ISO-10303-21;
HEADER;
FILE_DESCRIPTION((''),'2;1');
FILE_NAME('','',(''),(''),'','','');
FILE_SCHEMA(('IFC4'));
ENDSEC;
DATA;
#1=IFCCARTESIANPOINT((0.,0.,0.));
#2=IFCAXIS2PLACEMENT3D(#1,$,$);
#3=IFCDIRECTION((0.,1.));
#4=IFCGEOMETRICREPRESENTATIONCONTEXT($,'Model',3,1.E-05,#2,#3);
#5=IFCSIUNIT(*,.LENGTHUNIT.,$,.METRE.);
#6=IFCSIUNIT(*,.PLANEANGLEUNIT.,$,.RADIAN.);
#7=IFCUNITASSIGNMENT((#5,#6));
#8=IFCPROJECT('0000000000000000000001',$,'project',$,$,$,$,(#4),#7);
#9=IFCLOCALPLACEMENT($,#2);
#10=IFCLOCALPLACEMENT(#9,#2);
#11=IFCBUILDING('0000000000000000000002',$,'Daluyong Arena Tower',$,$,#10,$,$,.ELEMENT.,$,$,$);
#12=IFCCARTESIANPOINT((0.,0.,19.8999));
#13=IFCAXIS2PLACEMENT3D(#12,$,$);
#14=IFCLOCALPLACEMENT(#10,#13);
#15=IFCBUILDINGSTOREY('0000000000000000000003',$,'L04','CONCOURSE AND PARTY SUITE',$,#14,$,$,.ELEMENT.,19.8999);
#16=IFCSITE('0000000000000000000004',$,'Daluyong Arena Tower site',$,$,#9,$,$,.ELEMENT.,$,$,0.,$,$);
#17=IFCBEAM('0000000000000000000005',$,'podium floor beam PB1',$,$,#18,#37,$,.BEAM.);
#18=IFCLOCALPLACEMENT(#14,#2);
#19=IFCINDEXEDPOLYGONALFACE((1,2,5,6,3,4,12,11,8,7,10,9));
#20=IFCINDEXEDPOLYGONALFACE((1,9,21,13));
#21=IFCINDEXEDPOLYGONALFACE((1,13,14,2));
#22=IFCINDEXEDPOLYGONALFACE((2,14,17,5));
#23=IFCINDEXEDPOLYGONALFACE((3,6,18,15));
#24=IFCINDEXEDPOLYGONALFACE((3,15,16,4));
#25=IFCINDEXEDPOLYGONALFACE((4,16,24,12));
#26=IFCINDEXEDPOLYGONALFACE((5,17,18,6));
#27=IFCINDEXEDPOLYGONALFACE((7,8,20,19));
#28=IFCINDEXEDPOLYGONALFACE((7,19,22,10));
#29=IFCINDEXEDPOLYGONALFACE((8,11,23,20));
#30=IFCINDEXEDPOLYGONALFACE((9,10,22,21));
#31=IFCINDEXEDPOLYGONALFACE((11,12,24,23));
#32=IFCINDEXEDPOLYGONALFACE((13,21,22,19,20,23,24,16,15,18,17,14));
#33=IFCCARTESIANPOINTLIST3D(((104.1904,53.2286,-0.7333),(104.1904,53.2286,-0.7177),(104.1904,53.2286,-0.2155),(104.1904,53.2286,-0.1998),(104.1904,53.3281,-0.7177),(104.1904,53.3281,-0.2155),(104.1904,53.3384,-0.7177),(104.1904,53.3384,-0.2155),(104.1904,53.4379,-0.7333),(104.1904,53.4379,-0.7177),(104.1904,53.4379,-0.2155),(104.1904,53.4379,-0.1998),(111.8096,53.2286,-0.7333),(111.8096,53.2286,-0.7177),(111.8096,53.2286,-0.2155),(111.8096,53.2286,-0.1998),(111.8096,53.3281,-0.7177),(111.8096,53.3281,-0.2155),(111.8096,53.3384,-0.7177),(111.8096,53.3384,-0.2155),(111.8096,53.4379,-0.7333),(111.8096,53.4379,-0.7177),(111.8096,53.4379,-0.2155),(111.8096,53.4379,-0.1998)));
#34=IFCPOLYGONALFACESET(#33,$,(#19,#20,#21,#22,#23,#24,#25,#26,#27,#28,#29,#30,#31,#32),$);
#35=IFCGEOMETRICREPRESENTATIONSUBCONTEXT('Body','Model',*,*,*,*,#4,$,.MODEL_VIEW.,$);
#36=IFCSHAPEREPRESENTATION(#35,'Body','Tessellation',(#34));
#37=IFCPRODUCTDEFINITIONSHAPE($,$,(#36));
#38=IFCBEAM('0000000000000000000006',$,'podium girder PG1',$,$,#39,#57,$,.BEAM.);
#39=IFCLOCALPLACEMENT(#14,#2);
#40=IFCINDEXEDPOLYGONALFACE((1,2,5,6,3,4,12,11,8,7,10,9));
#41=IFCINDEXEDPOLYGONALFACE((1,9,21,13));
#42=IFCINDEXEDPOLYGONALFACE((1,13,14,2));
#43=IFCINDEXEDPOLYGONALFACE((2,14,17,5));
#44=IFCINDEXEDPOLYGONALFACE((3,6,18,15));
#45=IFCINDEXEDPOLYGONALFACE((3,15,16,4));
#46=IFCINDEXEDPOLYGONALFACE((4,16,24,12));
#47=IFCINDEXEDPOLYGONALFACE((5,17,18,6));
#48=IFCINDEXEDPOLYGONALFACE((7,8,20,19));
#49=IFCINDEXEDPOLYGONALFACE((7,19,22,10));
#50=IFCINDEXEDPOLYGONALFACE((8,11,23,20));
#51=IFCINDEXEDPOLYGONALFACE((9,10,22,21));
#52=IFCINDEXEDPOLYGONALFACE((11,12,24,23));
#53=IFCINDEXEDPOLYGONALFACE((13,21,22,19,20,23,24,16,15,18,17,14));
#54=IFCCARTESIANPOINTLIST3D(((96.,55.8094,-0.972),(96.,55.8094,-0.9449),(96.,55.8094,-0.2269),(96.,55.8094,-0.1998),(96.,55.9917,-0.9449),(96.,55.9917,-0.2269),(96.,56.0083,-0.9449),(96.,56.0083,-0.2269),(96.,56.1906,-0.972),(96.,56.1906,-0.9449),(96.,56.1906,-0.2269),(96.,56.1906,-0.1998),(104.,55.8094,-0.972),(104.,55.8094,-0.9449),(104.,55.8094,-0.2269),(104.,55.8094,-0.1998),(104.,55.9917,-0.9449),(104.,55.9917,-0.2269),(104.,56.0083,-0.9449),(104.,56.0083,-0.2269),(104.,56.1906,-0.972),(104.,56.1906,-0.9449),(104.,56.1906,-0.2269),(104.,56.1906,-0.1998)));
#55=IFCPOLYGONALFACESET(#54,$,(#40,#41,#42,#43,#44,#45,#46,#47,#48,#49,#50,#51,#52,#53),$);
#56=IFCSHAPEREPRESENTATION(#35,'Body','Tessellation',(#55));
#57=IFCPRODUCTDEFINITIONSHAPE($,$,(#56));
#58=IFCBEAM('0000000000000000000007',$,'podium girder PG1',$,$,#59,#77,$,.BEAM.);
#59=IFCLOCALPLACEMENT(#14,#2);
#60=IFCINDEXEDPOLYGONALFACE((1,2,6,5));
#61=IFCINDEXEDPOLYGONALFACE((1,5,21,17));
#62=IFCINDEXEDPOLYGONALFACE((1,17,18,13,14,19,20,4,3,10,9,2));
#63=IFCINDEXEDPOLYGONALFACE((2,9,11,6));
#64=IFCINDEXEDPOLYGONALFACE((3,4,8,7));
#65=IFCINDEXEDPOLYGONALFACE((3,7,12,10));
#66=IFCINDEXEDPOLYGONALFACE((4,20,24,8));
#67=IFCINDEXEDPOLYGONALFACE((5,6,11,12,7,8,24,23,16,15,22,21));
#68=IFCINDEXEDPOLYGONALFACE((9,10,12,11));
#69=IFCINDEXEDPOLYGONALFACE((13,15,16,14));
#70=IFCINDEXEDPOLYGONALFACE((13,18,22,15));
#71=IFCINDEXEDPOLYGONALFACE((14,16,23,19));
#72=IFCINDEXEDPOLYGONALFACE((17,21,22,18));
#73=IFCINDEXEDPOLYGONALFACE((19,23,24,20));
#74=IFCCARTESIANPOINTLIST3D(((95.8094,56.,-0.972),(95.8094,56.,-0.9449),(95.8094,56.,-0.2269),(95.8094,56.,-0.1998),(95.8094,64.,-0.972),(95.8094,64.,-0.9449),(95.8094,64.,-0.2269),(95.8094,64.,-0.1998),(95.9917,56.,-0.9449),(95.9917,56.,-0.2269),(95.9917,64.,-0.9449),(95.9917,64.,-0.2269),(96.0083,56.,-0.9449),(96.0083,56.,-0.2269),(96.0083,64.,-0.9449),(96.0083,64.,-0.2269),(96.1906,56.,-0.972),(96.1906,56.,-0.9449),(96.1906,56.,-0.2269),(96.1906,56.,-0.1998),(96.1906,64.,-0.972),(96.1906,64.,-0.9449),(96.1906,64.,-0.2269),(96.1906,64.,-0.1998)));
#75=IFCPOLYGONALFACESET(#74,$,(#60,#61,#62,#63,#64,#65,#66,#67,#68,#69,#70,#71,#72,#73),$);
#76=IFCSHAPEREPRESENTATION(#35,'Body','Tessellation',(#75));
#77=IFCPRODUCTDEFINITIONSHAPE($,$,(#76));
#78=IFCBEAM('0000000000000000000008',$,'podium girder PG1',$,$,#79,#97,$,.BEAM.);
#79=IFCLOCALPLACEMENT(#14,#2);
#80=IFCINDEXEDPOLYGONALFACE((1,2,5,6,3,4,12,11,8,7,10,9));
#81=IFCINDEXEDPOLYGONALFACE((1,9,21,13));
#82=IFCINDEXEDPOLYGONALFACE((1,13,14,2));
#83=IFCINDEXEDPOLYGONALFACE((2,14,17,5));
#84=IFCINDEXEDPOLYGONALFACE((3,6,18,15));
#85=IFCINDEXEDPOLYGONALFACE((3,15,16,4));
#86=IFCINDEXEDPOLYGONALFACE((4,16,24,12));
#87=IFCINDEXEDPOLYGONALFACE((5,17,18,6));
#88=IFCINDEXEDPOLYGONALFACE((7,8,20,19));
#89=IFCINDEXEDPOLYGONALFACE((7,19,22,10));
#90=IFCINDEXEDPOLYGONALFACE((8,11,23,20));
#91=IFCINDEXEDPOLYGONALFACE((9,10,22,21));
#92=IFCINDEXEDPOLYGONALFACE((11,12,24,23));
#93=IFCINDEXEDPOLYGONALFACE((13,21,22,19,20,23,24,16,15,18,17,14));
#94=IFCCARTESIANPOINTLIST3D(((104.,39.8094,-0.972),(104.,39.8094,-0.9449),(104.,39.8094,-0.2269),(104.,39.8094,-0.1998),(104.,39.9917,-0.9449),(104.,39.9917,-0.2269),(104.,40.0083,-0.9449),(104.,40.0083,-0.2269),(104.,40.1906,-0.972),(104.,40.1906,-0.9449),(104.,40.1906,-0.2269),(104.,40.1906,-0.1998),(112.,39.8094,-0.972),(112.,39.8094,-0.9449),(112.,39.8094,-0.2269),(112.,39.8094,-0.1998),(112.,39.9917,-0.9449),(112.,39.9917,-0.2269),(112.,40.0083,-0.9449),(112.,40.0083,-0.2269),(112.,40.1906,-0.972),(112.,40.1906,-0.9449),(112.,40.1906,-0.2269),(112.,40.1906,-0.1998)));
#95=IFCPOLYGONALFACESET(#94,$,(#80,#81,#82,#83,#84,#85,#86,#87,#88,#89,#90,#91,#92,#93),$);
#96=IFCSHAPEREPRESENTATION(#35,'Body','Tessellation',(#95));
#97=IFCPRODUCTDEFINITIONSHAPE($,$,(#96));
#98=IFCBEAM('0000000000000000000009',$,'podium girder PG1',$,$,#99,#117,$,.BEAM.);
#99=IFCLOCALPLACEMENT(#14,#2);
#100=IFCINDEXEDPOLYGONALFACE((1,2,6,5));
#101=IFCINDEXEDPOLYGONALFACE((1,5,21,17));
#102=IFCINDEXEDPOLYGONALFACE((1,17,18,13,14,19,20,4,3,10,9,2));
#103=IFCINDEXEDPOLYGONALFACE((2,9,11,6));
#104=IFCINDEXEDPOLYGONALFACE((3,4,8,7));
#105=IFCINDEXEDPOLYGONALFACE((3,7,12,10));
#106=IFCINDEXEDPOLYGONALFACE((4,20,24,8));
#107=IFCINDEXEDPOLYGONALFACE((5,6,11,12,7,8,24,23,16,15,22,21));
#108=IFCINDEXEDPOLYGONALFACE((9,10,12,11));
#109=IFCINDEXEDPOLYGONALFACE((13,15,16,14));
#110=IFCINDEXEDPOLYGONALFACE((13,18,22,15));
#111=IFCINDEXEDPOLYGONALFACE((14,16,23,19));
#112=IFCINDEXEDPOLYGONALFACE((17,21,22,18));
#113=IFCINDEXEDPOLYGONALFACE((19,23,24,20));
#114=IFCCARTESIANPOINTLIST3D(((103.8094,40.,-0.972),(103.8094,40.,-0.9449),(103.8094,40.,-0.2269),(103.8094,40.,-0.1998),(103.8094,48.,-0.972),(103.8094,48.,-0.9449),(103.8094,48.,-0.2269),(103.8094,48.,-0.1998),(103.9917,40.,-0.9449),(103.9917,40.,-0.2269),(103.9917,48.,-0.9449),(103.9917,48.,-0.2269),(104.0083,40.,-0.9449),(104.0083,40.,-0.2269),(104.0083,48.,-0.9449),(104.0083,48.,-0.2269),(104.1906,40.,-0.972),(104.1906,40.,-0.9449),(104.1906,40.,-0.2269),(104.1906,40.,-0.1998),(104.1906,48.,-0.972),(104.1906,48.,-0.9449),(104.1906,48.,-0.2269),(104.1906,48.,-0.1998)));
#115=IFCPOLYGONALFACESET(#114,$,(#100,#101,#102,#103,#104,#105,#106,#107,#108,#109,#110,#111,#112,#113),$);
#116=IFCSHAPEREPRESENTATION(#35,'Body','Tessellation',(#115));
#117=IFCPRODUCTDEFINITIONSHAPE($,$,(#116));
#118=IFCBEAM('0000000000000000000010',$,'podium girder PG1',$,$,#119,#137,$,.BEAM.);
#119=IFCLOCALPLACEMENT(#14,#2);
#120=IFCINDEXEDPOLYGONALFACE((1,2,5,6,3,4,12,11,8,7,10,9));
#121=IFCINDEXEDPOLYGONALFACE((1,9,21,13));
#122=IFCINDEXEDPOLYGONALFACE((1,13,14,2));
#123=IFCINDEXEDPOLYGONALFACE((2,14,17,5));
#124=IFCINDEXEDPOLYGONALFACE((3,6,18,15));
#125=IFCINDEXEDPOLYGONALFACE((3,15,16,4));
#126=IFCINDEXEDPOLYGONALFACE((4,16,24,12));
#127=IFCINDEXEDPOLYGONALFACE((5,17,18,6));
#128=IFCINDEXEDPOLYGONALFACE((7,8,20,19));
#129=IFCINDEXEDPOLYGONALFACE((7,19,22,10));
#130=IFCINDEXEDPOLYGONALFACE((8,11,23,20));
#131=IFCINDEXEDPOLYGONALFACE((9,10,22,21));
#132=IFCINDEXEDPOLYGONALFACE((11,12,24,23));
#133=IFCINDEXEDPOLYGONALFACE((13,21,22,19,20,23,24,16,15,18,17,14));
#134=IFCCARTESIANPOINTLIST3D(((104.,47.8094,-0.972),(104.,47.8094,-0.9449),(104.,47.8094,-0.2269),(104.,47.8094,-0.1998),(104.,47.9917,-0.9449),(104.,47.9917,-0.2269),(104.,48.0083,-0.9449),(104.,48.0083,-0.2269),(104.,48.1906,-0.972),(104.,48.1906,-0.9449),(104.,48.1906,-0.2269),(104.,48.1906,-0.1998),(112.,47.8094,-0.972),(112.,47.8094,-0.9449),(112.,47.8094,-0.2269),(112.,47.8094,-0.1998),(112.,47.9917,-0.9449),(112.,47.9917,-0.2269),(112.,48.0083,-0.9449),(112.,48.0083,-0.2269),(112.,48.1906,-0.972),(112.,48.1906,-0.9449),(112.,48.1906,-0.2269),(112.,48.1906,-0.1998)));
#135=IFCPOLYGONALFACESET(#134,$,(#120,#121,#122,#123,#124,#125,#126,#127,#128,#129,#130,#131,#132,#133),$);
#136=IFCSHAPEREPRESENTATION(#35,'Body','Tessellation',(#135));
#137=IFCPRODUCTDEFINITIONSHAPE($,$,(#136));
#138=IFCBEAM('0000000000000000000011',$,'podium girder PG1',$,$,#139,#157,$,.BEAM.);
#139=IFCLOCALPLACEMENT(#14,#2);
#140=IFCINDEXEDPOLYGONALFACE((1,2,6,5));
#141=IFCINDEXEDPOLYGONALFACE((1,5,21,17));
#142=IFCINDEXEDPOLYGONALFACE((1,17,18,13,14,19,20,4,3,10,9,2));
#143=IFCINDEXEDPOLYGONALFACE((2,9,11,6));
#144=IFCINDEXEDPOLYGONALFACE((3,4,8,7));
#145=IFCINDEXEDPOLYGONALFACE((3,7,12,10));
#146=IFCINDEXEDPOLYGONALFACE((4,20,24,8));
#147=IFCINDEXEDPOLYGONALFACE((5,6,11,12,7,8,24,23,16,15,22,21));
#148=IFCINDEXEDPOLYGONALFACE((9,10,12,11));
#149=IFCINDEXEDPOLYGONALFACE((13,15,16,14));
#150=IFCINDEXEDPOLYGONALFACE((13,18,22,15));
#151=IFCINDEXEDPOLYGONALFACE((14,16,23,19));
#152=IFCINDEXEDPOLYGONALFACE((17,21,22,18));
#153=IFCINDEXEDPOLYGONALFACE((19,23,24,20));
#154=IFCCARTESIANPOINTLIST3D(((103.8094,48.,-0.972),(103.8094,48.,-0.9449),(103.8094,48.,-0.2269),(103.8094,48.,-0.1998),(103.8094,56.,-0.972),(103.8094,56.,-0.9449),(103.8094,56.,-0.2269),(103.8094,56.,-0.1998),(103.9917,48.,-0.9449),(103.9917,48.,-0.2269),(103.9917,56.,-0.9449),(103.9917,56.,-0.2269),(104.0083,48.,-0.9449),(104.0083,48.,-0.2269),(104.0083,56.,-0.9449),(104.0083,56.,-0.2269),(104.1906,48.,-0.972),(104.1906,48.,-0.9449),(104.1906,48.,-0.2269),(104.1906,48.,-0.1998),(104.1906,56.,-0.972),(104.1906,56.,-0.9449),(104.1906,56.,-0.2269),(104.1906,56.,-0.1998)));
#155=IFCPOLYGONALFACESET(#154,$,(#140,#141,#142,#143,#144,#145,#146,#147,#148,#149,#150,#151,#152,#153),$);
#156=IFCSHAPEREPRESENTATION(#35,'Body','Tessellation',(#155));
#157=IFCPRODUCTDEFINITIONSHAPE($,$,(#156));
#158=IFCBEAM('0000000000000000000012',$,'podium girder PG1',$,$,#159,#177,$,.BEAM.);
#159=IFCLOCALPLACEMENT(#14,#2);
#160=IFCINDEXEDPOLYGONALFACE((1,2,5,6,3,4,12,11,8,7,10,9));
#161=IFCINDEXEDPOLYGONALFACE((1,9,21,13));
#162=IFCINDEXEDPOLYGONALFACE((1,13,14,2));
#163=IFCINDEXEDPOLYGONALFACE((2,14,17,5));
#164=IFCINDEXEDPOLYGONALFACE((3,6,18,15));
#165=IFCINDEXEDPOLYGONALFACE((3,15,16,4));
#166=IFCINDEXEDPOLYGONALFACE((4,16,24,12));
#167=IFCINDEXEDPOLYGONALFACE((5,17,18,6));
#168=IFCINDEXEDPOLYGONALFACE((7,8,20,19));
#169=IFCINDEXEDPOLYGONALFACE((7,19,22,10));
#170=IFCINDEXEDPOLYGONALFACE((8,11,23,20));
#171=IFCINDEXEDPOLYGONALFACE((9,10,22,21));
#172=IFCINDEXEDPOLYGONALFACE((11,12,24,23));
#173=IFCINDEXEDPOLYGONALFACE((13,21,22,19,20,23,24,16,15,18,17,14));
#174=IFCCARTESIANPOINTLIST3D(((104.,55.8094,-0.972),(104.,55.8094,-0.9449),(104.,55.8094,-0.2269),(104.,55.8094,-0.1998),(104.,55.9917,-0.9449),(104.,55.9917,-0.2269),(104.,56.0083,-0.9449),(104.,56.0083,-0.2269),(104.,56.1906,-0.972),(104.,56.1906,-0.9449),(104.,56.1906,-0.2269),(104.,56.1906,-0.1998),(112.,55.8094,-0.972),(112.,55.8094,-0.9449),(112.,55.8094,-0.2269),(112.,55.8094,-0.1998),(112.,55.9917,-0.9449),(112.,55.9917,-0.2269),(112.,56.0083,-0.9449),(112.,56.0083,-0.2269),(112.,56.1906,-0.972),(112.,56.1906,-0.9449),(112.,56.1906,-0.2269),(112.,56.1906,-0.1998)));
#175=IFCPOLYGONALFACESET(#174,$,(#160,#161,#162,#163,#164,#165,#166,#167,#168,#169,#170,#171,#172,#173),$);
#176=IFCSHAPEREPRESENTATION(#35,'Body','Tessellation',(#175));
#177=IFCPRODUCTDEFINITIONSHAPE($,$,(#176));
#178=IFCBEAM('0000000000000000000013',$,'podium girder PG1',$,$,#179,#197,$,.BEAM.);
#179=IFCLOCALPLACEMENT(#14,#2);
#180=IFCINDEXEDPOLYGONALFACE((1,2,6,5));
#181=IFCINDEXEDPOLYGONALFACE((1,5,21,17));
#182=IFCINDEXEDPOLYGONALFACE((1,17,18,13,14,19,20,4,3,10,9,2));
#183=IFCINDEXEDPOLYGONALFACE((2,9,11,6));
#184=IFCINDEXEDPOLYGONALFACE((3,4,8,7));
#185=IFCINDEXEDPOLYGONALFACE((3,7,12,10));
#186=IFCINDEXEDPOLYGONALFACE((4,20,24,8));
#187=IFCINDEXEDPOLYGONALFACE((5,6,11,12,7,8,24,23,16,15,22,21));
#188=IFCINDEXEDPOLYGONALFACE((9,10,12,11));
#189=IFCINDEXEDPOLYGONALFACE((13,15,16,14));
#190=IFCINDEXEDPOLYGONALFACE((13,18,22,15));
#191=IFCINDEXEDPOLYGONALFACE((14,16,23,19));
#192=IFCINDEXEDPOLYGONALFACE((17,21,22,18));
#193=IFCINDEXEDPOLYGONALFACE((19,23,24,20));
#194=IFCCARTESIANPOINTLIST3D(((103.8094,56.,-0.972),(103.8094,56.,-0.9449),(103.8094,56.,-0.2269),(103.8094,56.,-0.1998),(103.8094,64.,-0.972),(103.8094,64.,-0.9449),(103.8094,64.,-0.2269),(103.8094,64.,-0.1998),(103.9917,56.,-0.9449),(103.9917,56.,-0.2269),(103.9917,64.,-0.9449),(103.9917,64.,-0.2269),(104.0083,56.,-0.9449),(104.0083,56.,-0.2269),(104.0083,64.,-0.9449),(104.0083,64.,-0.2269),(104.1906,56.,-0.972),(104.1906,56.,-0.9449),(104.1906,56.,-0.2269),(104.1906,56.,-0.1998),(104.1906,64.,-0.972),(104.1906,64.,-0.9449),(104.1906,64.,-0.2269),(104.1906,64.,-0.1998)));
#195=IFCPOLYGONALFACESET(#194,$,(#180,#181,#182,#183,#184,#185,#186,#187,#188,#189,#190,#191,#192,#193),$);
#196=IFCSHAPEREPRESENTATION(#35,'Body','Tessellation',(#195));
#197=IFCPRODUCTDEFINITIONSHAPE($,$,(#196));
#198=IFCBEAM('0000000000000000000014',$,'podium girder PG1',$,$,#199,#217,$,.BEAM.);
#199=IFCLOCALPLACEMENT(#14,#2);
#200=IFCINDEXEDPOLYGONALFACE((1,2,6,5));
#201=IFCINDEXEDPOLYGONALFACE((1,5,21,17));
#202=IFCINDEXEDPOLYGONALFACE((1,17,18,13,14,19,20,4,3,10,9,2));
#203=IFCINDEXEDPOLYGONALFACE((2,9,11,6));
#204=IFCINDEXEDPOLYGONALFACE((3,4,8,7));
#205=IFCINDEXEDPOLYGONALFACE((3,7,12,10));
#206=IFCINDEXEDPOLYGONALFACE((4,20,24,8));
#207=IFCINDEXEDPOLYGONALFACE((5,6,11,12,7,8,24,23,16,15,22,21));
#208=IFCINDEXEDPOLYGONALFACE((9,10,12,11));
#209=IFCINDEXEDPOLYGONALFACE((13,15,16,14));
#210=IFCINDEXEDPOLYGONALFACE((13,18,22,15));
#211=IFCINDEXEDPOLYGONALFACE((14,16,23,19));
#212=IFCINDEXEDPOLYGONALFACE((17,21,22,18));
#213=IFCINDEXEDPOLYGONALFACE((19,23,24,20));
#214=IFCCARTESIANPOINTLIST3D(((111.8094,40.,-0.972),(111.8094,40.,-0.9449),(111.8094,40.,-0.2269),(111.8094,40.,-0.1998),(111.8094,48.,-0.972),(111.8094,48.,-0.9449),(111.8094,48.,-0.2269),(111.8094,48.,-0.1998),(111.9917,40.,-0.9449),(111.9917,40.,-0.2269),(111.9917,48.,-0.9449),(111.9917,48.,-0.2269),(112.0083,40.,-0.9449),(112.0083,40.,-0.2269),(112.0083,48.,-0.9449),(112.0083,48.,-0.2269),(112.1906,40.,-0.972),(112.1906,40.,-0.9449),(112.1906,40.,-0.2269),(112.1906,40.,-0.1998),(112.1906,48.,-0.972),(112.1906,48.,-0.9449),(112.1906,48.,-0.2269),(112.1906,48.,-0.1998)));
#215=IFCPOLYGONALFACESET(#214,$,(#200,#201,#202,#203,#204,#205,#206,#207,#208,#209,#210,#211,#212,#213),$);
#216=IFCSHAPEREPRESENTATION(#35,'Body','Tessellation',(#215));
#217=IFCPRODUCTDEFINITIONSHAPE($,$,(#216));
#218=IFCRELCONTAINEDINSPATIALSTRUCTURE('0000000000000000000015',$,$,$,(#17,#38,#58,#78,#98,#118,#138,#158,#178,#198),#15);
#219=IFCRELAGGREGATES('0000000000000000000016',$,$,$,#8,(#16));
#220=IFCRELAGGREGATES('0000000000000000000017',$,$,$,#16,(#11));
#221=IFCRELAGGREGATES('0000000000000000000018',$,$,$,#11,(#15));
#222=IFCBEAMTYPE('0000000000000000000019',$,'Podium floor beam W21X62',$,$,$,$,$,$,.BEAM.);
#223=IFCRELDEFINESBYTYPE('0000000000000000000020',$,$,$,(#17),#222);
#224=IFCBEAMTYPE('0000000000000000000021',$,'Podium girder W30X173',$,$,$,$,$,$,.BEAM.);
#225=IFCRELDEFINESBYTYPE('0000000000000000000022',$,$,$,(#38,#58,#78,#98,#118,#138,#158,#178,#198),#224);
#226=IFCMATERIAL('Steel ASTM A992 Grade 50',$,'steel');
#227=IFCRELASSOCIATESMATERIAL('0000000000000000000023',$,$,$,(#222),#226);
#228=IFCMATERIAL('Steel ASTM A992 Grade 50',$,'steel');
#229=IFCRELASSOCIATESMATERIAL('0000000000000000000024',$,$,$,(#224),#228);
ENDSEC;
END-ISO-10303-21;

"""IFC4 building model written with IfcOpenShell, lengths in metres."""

from ifc_helpers import new_model, si_unit, direction, frame, origin, origin_2d, place, context, subcontext, project, spatial, i_section, extrude, material, material_profile, profile_set, type_object, element, save


model = new_model("IFC4")

# Units and contexts
model_context = context("Model", 3, precision=1e-05, world=origin(), true_north=direction((0.0, 1.0)))
body_context = subcontext(model_context, "Body", "Model", "MODEL_VIEW")
ifc_project = project(units=[si_unit("LENGTHUNIT", "METRE"), si_unit("PLANEANGLEUNIT", "RADIAN")], contexts=[model_context])

# Site, building, storey
site_placement = place(None, origin())
site = spatial("IfcSite", under=ifc_project, at=site_placement, Name="Daluyong Arena Tower site", CompositionType="ELEMENT", RefElevation=0.0)
building_placement = place(site_placement, origin())
building = spatial("IfcBuilding", under=site, at=building_placement, Name="Daluyong Arena Tower", CompositionType="ELEMENT")
storey_placement = place(building_placement, frame((0.0, 0.0, 19.8999)))
storey = spatial("IfcBuildingStorey", under=building, at=storey_placement, Name="L04", Description="CONCOURSE AND PARTY SUITE", CompositionType="ELEMENT", Elevation=19.8999)

# Beams
ifc_material_1 = material(Name="Steel ASTM A992 Grade 50", Category="steel")
ifc_material_profile_1 = material_profile(ifc_material_1, i_section(OverallWidth=0.2092, OverallDepth=0.5334, WebThickness=0.0103, FlangeThickness=0.0156, at=origin_2d()))
ifc_profile_set_1 = profile_set([ifc_material_profile_1], Name="Steel ASTM A992 Grade 50")
beam_type_1 = type_object("IfcBeamType", Name="Podium floor beam W21X62", PredefinedType="BEAM", material=ifc_profile_set_1)
for number, where, z_axis, x_axis, name in (
    (1, (104.1904, 53.3333, -0.4666), (1.0, 0.0, 0.0), (0.0, 1.0, 0.0), "podium floor beam PB1"),
):
    element("IfcBeam", number, at=place(storey_placement, frame(where, z_axis=z_axis, x_axis=x_axis)), inside=storey, type_object=beam_type_1, Name=name, PredefinedType="BEAM", context=body_context, shape_type="SweptSolid", body=[
        extrude(i_section(OverallWidth=0.2092, OverallDepth=0.5334, WebThickness=0.0103, FlangeThickness=0.0156, at=origin_2d()), origin(), (0.0, 0.0, 1.0), 7.6191),
    ])
ifc_material_2 = material(Name="Steel ASTM A992 Grade 50", Category="steel")
ifc_material_profile_2 = material_profile(ifc_material_2, i_section(OverallWidth=0.3811, OverallDepth=0.7722, WebThickness=0.0166, FlangeThickness=0.0271, at=origin_2d()))
ifc_profile_set_2 = profile_set([ifc_material_profile_2], Name="Steel ASTM A992 Grade 50")
beam_type_2 = type_object("IfcBeamType", Name="Podium girder W30X173", PredefinedType="BEAM", material=ifc_profile_set_2)
for number, where, z_axis, x_axis, name in (
    (2, (96.0, 56.0, -0.5859), (1.0, 0.0, 0.0), (0.0, 1.0, 0.0), "podium girder PG1"),
    (3, (96.0, 56.0, -0.5859), (0.0, 1.0, 0.0), (-1.0, 0.0, 0.0), "podium girder PG1"),
    (4, (104.0, 40.0, -0.5859), (1.0, 0.0, 0.0), (0.0, 1.0, 0.0), "podium girder PG1"),
    (5, (104.0, 40.0, -0.5859), (0.0, 1.0, 0.0), (-1.0, 0.0, 0.0), "podium girder PG1"),
    (6, (104.0, 48.0, -0.5859), (1.0, 0.0, 0.0), (0.0, 1.0, 0.0), "podium girder PG1"),
    (7, (104.0, 48.0, -0.5859), (0.0, 1.0, 0.0), (-1.0, 0.0, 0.0), "podium girder PG1"),
    (8, (104.0, 56.0, -0.5859), (1.0, 0.0, 0.0), (0.0, 1.0, 0.0), "podium girder PG1"),
    (9, (104.0, 56.0, -0.5859), (0.0, 1.0, 0.0), (-1.0, 0.0, 0.0), "podium girder PG1"),
    (10, (112.0, 40.0, -0.5859), (0.0, 1.0, 0.0), (-1.0, 0.0, 0.0), "podium girder PG1"),
):
    element("IfcBeam", number, at=place(storey_placement, frame(where, z_axis=z_axis, x_axis=x_axis)), inside=storey, type_object=beam_type_2, Name=name, PredefinedType="BEAM", context=body_context, shape_type="SweptSolid", body=[
        extrude(i_section(OverallWidth=0.3811, OverallDepth=0.7722, WebThickness=0.0166, FlangeThickness=0.0271, at=origin_2d()), origin(), (0.0, 0.0, 1.0), 8.0),
    ])

save(model, "model.ifc")
